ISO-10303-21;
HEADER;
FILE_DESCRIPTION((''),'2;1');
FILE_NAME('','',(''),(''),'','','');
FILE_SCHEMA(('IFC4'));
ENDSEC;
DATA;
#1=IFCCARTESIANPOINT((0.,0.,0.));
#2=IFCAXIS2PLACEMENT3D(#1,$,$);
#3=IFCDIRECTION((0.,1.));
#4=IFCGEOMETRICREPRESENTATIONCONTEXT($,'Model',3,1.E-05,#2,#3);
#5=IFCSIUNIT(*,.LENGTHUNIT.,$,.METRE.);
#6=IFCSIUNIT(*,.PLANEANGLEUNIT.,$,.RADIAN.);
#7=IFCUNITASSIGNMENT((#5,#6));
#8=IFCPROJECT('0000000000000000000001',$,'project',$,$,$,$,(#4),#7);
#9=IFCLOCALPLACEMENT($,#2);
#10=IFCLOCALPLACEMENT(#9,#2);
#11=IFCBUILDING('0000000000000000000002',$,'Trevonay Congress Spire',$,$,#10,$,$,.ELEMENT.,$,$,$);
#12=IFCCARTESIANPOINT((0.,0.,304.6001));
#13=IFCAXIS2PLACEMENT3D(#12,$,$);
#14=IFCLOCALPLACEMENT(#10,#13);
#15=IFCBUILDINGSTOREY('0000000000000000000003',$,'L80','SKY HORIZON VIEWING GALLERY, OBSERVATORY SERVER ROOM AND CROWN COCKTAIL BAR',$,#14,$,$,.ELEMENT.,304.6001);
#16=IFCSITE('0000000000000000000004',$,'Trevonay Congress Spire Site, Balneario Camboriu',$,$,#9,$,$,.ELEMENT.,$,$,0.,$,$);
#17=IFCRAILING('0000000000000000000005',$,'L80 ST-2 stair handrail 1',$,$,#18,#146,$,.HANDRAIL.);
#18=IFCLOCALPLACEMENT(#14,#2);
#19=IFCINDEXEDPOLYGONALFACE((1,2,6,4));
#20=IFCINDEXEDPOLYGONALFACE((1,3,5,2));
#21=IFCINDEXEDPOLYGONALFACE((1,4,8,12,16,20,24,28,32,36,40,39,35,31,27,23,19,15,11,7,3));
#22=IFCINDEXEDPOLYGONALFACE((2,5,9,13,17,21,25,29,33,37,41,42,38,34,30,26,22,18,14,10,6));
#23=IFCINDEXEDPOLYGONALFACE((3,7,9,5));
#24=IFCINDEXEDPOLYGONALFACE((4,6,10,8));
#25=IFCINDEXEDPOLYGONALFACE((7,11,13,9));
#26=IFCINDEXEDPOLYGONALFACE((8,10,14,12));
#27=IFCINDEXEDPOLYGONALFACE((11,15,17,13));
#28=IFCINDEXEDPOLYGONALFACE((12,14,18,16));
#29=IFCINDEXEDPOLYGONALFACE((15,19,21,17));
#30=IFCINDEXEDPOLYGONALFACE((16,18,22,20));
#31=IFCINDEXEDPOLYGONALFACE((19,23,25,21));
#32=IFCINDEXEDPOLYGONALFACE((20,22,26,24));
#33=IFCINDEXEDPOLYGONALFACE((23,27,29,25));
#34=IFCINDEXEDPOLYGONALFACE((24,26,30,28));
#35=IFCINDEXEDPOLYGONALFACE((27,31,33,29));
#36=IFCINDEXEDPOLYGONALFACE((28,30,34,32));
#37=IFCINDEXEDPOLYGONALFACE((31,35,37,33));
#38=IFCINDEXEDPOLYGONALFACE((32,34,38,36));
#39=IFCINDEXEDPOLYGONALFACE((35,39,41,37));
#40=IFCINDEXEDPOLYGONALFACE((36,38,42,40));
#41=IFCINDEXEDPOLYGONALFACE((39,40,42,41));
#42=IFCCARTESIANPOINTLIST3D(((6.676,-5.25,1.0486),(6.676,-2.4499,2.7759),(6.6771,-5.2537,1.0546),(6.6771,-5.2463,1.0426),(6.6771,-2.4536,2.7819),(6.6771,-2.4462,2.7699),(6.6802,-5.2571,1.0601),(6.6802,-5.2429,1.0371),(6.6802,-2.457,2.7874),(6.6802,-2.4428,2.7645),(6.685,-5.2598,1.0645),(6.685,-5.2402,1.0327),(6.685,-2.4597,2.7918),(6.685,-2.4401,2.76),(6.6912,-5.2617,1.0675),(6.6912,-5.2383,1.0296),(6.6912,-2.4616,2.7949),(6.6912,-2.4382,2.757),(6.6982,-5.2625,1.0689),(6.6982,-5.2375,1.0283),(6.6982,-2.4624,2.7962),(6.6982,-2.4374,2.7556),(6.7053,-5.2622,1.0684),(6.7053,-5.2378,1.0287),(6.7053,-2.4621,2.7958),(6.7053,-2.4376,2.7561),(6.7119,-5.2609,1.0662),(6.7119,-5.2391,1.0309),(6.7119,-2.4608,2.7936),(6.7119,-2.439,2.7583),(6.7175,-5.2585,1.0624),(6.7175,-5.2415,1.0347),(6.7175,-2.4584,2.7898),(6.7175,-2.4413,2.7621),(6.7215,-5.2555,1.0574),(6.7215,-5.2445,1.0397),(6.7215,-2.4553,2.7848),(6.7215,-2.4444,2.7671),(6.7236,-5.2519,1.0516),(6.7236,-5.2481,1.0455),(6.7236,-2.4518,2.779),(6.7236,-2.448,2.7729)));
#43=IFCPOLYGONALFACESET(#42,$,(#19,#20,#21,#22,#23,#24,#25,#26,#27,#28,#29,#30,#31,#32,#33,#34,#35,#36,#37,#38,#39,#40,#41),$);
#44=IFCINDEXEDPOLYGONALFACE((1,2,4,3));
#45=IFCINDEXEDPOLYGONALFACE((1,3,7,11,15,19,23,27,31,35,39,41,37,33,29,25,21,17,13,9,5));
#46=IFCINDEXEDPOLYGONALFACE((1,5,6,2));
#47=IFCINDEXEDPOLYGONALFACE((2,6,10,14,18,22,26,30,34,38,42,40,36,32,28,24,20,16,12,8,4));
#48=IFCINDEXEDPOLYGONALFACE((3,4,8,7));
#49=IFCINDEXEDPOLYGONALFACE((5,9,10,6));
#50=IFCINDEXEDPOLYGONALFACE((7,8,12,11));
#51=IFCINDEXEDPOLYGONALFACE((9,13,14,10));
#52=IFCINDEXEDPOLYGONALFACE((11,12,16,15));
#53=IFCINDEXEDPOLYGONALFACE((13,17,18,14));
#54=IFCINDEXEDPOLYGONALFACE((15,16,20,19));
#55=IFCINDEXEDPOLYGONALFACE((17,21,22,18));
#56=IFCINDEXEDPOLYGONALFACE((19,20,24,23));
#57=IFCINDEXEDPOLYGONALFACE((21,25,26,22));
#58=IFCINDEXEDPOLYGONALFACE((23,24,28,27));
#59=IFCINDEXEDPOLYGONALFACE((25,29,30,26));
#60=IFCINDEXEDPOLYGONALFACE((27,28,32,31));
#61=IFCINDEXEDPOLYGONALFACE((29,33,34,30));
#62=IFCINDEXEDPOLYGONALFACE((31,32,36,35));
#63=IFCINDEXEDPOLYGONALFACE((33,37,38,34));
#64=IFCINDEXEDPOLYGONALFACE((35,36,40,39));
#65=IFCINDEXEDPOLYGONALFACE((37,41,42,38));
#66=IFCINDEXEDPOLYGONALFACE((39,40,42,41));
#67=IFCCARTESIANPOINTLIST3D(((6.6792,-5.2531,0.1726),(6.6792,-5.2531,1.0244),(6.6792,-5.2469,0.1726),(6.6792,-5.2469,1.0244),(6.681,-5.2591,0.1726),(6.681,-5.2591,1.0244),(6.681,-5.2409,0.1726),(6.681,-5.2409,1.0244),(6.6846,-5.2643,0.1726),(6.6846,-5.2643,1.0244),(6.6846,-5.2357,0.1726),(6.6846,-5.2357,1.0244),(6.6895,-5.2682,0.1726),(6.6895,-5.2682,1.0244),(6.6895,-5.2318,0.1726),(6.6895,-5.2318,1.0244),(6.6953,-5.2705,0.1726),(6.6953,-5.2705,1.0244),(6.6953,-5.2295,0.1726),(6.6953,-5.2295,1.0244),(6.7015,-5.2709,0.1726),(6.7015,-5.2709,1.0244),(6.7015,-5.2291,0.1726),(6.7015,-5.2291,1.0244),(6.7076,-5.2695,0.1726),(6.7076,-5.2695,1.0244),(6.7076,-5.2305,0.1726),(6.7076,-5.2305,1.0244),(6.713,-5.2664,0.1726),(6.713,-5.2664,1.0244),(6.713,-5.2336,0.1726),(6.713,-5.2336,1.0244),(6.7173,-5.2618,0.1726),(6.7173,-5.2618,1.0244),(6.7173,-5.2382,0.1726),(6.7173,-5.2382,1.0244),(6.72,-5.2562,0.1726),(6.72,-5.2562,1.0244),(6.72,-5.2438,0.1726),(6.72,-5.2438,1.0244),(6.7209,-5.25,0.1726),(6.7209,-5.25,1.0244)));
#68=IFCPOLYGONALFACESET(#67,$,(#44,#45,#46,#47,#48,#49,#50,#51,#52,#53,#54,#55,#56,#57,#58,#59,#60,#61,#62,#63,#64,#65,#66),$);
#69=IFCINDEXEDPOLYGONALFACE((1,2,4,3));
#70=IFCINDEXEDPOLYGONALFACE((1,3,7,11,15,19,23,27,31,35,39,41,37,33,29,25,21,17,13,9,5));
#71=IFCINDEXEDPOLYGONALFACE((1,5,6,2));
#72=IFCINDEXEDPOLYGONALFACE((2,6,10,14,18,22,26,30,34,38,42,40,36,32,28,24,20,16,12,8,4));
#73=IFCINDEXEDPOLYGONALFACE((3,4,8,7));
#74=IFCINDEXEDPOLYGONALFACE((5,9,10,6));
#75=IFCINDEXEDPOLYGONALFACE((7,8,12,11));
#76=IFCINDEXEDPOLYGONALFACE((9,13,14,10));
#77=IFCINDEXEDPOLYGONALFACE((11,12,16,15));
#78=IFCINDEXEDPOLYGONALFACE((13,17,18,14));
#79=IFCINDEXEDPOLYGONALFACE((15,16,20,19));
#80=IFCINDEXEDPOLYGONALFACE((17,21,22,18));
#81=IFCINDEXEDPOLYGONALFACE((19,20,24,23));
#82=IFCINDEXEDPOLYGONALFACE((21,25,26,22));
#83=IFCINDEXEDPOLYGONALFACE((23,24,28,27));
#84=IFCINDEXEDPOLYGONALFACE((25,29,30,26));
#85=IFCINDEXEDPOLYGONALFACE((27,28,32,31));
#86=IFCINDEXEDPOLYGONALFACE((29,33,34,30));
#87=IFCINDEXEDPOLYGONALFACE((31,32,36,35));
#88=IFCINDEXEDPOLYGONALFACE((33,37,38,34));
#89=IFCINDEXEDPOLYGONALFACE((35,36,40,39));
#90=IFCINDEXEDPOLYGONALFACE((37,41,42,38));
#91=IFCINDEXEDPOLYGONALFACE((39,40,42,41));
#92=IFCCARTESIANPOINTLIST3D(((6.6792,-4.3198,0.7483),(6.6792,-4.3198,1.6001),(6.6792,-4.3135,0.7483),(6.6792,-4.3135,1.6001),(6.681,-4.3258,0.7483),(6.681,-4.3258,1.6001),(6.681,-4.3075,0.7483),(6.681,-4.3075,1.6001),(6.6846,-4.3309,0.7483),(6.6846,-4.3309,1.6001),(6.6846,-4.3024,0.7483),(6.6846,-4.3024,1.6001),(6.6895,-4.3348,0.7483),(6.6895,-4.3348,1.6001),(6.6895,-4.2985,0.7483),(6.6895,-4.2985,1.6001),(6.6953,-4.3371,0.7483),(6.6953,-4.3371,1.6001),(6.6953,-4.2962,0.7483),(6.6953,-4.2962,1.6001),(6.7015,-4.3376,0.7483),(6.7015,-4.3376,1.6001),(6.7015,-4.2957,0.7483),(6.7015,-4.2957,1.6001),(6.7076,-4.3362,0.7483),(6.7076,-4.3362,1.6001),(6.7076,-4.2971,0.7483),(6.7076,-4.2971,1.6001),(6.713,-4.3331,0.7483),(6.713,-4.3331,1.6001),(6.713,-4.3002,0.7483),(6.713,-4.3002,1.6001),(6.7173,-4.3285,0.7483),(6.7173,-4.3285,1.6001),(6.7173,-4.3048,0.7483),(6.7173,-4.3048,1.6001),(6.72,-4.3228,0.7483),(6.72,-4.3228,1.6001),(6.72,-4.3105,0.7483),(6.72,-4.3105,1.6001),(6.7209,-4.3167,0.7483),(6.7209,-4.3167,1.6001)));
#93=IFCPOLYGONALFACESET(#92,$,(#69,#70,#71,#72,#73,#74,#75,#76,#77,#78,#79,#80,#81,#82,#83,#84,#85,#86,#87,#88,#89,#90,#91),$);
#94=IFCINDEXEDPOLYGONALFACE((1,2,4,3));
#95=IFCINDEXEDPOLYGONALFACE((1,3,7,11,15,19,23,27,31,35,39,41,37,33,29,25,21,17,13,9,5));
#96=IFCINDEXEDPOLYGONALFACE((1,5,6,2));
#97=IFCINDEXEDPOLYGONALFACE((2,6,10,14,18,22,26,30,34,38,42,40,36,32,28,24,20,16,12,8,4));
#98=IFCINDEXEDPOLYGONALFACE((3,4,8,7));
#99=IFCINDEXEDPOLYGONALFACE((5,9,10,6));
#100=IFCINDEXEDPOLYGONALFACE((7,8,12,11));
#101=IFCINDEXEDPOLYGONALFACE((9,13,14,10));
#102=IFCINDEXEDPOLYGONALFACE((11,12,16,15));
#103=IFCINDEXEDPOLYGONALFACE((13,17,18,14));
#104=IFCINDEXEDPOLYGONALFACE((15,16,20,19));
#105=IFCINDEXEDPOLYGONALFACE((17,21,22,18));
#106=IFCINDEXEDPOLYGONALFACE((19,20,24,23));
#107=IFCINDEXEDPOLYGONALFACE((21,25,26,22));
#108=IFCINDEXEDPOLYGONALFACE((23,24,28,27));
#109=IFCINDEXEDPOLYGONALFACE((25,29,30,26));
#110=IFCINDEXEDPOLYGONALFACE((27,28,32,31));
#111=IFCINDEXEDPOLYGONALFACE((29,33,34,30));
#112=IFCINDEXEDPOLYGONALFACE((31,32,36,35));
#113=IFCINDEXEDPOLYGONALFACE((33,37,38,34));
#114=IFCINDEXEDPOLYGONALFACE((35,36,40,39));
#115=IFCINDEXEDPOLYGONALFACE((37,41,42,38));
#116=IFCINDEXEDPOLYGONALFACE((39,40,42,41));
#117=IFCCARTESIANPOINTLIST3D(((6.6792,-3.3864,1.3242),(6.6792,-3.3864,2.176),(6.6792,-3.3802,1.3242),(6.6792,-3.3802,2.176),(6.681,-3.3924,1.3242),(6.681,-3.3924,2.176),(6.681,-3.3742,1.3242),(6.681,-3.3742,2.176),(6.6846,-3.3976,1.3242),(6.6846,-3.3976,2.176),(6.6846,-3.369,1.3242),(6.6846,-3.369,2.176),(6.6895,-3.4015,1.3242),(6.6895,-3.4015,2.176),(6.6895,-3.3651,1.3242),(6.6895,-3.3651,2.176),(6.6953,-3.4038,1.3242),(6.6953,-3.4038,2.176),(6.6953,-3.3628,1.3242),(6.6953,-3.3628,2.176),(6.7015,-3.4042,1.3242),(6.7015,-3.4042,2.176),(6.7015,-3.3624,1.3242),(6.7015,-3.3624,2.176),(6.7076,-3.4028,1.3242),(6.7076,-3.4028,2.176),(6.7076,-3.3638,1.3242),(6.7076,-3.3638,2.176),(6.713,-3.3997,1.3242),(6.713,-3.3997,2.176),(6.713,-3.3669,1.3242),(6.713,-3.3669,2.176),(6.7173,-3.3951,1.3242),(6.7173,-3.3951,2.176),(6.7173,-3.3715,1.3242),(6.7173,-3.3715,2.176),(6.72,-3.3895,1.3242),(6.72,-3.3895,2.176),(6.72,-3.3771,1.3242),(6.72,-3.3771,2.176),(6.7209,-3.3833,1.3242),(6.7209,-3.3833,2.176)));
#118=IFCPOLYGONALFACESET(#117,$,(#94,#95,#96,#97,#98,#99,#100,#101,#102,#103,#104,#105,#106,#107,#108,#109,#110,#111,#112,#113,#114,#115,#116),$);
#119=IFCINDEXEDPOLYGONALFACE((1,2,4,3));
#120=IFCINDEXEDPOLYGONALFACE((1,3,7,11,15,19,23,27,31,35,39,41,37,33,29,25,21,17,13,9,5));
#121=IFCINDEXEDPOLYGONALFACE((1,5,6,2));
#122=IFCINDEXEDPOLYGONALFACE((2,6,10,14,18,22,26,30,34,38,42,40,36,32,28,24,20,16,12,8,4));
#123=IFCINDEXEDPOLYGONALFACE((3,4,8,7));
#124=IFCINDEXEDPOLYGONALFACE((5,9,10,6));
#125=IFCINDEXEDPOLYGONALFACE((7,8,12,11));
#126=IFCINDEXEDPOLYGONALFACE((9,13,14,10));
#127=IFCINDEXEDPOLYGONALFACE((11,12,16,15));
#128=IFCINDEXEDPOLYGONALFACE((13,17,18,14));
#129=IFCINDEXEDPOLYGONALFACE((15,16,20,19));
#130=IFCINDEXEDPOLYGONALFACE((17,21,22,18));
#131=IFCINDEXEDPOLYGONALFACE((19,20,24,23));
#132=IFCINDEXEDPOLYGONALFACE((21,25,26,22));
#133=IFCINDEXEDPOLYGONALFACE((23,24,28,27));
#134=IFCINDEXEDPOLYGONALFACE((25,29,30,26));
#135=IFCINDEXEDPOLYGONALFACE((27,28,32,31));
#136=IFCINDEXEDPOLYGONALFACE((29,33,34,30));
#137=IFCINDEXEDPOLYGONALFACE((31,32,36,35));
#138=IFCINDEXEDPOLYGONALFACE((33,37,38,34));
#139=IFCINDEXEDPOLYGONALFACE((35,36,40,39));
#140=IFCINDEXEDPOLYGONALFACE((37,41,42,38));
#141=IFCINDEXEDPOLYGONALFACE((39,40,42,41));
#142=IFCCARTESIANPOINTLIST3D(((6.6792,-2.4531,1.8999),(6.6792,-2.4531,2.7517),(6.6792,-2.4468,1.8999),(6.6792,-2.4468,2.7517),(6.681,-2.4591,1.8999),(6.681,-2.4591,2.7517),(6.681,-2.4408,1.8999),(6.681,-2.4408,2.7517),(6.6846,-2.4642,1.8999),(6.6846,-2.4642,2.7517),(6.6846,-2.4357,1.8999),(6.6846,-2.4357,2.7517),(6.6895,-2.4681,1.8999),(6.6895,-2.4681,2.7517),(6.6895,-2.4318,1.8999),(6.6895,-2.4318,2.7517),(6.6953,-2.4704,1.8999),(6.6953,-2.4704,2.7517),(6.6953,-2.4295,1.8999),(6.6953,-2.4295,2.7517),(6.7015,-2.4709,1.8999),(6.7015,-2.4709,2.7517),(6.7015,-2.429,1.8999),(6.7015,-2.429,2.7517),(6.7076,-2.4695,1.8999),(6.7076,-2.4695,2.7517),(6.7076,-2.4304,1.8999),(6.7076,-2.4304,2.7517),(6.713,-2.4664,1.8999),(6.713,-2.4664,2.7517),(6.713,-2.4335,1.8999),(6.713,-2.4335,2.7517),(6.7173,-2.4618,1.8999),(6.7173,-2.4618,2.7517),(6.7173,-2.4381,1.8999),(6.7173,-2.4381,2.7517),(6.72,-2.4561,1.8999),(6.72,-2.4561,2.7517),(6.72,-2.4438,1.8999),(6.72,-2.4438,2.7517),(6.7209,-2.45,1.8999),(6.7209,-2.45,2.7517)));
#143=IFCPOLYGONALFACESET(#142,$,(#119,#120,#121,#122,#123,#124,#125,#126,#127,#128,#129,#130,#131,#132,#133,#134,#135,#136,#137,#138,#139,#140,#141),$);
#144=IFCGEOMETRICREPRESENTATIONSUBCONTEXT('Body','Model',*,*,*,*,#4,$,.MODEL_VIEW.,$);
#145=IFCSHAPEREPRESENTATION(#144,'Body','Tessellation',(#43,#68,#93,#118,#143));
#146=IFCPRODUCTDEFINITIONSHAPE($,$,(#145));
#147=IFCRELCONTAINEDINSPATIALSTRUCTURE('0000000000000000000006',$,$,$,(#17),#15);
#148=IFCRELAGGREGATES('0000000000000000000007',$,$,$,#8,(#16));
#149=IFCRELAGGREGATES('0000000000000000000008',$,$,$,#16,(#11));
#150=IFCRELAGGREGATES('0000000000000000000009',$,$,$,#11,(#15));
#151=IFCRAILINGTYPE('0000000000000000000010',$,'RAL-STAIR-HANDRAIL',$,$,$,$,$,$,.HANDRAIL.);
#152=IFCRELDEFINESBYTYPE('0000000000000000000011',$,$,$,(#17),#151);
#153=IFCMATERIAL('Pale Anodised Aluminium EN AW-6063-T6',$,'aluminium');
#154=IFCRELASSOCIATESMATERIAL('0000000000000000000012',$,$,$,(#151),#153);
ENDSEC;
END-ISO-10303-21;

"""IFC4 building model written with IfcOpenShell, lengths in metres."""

from ifc_helpers import new_model, si_unit, direction, frame, origin, origin_2d, place, context, subcontext, project, spatial, circle, extrude, material, type_object, element, save


model = new_model("IFC4")

# Units and contexts
model_context = context("Model", 3, precision=1e-05, world=origin(), true_north=direction((0.0, 1.0)))
body_context = subcontext(model_context, "Body", "Model", "MODEL_VIEW")
ifc_project = project(units=[si_unit("LENGTHUNIT", "METRE"), si_unit("PLANEANGLEUNIT", "RADIAN")], contexts=[model_context])

# Site, building, storey
site_placement = place(None, origin())
site = spatial("IfcSite", under=ifc_project, at=site_placement, Name="Trevonay Congress Spire Site, Balneario Camboriu", CompositionType="ELEMENT", RefElevation=0.0)
building_placement = place(site_placement, origin())
building = spatial("IfcBuilding", under=site, at=building_placement, Name="Trevonay Congress Spire", CompositionType="ELEMENT")
storey_placement = place(building_placement, frame((0.0, 0.0, 304.6001)))
storey = spatial("IfcBuildingStorey", under=building, at=storey_placement, Name="L80", Description="SKY HORIZON VIEWING GALLERY, OBSERVATORY SERVER ROOM AND CROWN COCKTAIL BAR", CompositionType="ELEMENT", Elevation=304.6001)

# Shared definitions
ifc_material_1 = material(Name="Pale Anodised Aluminium EN AW-6063-T6", Category="aluminium")

# Railing
railing_type_1 = type_object("IfcRailingType", Name="RAL-STAIR-HANDRAIL", PredefinedType="HANDRAIL", material=ifc_material_1)
railing_1_placement = place(storey_placement, frame((6.7, -5.25, 0.1726)))
element("IfcRailing", 1, at=railing_1_placement, inside=storey, type_object=railing_type_1, Name="L80 ST-2 stair handrail 1", PredefinedType="HANDRAIL", context=body_context, shape_type="SweptSolid", body=[
    extrude(circle(Radius=0.0239, at=origin_2d()), frame((0.0, 0.0, 0.876), z_axis=(0.0, 0.85109, 0.52502), x_axis=(-1.0, 0.0, 0.0)), (0.0, 0.0, 1.0), 3.29),
    extrude(circle(Radius=0.021, at=origin_2d()), origin(), (0.0, 0.0, 1.0), 0.8518),
    extrude(circle(Radius=0.021, at=origin_2d()), frame((0.0, 0.9333, 0.5757)), (0.0, 0.0, 1.0), 0.8518),
    extrude(circle(Radius=0.021, at=origin_2d()), frame((0.0, 1.8667, 1.1516)), (0.0, 0.0, 1.0), 0.8518),
    extrude(circle(Radius=0.021, at=origin_2d()), frame((0.0, 2.8, 1.7273)), (0.0, 0.0, 1.0), 0.8518),
])

save(model, "model.ifc")
